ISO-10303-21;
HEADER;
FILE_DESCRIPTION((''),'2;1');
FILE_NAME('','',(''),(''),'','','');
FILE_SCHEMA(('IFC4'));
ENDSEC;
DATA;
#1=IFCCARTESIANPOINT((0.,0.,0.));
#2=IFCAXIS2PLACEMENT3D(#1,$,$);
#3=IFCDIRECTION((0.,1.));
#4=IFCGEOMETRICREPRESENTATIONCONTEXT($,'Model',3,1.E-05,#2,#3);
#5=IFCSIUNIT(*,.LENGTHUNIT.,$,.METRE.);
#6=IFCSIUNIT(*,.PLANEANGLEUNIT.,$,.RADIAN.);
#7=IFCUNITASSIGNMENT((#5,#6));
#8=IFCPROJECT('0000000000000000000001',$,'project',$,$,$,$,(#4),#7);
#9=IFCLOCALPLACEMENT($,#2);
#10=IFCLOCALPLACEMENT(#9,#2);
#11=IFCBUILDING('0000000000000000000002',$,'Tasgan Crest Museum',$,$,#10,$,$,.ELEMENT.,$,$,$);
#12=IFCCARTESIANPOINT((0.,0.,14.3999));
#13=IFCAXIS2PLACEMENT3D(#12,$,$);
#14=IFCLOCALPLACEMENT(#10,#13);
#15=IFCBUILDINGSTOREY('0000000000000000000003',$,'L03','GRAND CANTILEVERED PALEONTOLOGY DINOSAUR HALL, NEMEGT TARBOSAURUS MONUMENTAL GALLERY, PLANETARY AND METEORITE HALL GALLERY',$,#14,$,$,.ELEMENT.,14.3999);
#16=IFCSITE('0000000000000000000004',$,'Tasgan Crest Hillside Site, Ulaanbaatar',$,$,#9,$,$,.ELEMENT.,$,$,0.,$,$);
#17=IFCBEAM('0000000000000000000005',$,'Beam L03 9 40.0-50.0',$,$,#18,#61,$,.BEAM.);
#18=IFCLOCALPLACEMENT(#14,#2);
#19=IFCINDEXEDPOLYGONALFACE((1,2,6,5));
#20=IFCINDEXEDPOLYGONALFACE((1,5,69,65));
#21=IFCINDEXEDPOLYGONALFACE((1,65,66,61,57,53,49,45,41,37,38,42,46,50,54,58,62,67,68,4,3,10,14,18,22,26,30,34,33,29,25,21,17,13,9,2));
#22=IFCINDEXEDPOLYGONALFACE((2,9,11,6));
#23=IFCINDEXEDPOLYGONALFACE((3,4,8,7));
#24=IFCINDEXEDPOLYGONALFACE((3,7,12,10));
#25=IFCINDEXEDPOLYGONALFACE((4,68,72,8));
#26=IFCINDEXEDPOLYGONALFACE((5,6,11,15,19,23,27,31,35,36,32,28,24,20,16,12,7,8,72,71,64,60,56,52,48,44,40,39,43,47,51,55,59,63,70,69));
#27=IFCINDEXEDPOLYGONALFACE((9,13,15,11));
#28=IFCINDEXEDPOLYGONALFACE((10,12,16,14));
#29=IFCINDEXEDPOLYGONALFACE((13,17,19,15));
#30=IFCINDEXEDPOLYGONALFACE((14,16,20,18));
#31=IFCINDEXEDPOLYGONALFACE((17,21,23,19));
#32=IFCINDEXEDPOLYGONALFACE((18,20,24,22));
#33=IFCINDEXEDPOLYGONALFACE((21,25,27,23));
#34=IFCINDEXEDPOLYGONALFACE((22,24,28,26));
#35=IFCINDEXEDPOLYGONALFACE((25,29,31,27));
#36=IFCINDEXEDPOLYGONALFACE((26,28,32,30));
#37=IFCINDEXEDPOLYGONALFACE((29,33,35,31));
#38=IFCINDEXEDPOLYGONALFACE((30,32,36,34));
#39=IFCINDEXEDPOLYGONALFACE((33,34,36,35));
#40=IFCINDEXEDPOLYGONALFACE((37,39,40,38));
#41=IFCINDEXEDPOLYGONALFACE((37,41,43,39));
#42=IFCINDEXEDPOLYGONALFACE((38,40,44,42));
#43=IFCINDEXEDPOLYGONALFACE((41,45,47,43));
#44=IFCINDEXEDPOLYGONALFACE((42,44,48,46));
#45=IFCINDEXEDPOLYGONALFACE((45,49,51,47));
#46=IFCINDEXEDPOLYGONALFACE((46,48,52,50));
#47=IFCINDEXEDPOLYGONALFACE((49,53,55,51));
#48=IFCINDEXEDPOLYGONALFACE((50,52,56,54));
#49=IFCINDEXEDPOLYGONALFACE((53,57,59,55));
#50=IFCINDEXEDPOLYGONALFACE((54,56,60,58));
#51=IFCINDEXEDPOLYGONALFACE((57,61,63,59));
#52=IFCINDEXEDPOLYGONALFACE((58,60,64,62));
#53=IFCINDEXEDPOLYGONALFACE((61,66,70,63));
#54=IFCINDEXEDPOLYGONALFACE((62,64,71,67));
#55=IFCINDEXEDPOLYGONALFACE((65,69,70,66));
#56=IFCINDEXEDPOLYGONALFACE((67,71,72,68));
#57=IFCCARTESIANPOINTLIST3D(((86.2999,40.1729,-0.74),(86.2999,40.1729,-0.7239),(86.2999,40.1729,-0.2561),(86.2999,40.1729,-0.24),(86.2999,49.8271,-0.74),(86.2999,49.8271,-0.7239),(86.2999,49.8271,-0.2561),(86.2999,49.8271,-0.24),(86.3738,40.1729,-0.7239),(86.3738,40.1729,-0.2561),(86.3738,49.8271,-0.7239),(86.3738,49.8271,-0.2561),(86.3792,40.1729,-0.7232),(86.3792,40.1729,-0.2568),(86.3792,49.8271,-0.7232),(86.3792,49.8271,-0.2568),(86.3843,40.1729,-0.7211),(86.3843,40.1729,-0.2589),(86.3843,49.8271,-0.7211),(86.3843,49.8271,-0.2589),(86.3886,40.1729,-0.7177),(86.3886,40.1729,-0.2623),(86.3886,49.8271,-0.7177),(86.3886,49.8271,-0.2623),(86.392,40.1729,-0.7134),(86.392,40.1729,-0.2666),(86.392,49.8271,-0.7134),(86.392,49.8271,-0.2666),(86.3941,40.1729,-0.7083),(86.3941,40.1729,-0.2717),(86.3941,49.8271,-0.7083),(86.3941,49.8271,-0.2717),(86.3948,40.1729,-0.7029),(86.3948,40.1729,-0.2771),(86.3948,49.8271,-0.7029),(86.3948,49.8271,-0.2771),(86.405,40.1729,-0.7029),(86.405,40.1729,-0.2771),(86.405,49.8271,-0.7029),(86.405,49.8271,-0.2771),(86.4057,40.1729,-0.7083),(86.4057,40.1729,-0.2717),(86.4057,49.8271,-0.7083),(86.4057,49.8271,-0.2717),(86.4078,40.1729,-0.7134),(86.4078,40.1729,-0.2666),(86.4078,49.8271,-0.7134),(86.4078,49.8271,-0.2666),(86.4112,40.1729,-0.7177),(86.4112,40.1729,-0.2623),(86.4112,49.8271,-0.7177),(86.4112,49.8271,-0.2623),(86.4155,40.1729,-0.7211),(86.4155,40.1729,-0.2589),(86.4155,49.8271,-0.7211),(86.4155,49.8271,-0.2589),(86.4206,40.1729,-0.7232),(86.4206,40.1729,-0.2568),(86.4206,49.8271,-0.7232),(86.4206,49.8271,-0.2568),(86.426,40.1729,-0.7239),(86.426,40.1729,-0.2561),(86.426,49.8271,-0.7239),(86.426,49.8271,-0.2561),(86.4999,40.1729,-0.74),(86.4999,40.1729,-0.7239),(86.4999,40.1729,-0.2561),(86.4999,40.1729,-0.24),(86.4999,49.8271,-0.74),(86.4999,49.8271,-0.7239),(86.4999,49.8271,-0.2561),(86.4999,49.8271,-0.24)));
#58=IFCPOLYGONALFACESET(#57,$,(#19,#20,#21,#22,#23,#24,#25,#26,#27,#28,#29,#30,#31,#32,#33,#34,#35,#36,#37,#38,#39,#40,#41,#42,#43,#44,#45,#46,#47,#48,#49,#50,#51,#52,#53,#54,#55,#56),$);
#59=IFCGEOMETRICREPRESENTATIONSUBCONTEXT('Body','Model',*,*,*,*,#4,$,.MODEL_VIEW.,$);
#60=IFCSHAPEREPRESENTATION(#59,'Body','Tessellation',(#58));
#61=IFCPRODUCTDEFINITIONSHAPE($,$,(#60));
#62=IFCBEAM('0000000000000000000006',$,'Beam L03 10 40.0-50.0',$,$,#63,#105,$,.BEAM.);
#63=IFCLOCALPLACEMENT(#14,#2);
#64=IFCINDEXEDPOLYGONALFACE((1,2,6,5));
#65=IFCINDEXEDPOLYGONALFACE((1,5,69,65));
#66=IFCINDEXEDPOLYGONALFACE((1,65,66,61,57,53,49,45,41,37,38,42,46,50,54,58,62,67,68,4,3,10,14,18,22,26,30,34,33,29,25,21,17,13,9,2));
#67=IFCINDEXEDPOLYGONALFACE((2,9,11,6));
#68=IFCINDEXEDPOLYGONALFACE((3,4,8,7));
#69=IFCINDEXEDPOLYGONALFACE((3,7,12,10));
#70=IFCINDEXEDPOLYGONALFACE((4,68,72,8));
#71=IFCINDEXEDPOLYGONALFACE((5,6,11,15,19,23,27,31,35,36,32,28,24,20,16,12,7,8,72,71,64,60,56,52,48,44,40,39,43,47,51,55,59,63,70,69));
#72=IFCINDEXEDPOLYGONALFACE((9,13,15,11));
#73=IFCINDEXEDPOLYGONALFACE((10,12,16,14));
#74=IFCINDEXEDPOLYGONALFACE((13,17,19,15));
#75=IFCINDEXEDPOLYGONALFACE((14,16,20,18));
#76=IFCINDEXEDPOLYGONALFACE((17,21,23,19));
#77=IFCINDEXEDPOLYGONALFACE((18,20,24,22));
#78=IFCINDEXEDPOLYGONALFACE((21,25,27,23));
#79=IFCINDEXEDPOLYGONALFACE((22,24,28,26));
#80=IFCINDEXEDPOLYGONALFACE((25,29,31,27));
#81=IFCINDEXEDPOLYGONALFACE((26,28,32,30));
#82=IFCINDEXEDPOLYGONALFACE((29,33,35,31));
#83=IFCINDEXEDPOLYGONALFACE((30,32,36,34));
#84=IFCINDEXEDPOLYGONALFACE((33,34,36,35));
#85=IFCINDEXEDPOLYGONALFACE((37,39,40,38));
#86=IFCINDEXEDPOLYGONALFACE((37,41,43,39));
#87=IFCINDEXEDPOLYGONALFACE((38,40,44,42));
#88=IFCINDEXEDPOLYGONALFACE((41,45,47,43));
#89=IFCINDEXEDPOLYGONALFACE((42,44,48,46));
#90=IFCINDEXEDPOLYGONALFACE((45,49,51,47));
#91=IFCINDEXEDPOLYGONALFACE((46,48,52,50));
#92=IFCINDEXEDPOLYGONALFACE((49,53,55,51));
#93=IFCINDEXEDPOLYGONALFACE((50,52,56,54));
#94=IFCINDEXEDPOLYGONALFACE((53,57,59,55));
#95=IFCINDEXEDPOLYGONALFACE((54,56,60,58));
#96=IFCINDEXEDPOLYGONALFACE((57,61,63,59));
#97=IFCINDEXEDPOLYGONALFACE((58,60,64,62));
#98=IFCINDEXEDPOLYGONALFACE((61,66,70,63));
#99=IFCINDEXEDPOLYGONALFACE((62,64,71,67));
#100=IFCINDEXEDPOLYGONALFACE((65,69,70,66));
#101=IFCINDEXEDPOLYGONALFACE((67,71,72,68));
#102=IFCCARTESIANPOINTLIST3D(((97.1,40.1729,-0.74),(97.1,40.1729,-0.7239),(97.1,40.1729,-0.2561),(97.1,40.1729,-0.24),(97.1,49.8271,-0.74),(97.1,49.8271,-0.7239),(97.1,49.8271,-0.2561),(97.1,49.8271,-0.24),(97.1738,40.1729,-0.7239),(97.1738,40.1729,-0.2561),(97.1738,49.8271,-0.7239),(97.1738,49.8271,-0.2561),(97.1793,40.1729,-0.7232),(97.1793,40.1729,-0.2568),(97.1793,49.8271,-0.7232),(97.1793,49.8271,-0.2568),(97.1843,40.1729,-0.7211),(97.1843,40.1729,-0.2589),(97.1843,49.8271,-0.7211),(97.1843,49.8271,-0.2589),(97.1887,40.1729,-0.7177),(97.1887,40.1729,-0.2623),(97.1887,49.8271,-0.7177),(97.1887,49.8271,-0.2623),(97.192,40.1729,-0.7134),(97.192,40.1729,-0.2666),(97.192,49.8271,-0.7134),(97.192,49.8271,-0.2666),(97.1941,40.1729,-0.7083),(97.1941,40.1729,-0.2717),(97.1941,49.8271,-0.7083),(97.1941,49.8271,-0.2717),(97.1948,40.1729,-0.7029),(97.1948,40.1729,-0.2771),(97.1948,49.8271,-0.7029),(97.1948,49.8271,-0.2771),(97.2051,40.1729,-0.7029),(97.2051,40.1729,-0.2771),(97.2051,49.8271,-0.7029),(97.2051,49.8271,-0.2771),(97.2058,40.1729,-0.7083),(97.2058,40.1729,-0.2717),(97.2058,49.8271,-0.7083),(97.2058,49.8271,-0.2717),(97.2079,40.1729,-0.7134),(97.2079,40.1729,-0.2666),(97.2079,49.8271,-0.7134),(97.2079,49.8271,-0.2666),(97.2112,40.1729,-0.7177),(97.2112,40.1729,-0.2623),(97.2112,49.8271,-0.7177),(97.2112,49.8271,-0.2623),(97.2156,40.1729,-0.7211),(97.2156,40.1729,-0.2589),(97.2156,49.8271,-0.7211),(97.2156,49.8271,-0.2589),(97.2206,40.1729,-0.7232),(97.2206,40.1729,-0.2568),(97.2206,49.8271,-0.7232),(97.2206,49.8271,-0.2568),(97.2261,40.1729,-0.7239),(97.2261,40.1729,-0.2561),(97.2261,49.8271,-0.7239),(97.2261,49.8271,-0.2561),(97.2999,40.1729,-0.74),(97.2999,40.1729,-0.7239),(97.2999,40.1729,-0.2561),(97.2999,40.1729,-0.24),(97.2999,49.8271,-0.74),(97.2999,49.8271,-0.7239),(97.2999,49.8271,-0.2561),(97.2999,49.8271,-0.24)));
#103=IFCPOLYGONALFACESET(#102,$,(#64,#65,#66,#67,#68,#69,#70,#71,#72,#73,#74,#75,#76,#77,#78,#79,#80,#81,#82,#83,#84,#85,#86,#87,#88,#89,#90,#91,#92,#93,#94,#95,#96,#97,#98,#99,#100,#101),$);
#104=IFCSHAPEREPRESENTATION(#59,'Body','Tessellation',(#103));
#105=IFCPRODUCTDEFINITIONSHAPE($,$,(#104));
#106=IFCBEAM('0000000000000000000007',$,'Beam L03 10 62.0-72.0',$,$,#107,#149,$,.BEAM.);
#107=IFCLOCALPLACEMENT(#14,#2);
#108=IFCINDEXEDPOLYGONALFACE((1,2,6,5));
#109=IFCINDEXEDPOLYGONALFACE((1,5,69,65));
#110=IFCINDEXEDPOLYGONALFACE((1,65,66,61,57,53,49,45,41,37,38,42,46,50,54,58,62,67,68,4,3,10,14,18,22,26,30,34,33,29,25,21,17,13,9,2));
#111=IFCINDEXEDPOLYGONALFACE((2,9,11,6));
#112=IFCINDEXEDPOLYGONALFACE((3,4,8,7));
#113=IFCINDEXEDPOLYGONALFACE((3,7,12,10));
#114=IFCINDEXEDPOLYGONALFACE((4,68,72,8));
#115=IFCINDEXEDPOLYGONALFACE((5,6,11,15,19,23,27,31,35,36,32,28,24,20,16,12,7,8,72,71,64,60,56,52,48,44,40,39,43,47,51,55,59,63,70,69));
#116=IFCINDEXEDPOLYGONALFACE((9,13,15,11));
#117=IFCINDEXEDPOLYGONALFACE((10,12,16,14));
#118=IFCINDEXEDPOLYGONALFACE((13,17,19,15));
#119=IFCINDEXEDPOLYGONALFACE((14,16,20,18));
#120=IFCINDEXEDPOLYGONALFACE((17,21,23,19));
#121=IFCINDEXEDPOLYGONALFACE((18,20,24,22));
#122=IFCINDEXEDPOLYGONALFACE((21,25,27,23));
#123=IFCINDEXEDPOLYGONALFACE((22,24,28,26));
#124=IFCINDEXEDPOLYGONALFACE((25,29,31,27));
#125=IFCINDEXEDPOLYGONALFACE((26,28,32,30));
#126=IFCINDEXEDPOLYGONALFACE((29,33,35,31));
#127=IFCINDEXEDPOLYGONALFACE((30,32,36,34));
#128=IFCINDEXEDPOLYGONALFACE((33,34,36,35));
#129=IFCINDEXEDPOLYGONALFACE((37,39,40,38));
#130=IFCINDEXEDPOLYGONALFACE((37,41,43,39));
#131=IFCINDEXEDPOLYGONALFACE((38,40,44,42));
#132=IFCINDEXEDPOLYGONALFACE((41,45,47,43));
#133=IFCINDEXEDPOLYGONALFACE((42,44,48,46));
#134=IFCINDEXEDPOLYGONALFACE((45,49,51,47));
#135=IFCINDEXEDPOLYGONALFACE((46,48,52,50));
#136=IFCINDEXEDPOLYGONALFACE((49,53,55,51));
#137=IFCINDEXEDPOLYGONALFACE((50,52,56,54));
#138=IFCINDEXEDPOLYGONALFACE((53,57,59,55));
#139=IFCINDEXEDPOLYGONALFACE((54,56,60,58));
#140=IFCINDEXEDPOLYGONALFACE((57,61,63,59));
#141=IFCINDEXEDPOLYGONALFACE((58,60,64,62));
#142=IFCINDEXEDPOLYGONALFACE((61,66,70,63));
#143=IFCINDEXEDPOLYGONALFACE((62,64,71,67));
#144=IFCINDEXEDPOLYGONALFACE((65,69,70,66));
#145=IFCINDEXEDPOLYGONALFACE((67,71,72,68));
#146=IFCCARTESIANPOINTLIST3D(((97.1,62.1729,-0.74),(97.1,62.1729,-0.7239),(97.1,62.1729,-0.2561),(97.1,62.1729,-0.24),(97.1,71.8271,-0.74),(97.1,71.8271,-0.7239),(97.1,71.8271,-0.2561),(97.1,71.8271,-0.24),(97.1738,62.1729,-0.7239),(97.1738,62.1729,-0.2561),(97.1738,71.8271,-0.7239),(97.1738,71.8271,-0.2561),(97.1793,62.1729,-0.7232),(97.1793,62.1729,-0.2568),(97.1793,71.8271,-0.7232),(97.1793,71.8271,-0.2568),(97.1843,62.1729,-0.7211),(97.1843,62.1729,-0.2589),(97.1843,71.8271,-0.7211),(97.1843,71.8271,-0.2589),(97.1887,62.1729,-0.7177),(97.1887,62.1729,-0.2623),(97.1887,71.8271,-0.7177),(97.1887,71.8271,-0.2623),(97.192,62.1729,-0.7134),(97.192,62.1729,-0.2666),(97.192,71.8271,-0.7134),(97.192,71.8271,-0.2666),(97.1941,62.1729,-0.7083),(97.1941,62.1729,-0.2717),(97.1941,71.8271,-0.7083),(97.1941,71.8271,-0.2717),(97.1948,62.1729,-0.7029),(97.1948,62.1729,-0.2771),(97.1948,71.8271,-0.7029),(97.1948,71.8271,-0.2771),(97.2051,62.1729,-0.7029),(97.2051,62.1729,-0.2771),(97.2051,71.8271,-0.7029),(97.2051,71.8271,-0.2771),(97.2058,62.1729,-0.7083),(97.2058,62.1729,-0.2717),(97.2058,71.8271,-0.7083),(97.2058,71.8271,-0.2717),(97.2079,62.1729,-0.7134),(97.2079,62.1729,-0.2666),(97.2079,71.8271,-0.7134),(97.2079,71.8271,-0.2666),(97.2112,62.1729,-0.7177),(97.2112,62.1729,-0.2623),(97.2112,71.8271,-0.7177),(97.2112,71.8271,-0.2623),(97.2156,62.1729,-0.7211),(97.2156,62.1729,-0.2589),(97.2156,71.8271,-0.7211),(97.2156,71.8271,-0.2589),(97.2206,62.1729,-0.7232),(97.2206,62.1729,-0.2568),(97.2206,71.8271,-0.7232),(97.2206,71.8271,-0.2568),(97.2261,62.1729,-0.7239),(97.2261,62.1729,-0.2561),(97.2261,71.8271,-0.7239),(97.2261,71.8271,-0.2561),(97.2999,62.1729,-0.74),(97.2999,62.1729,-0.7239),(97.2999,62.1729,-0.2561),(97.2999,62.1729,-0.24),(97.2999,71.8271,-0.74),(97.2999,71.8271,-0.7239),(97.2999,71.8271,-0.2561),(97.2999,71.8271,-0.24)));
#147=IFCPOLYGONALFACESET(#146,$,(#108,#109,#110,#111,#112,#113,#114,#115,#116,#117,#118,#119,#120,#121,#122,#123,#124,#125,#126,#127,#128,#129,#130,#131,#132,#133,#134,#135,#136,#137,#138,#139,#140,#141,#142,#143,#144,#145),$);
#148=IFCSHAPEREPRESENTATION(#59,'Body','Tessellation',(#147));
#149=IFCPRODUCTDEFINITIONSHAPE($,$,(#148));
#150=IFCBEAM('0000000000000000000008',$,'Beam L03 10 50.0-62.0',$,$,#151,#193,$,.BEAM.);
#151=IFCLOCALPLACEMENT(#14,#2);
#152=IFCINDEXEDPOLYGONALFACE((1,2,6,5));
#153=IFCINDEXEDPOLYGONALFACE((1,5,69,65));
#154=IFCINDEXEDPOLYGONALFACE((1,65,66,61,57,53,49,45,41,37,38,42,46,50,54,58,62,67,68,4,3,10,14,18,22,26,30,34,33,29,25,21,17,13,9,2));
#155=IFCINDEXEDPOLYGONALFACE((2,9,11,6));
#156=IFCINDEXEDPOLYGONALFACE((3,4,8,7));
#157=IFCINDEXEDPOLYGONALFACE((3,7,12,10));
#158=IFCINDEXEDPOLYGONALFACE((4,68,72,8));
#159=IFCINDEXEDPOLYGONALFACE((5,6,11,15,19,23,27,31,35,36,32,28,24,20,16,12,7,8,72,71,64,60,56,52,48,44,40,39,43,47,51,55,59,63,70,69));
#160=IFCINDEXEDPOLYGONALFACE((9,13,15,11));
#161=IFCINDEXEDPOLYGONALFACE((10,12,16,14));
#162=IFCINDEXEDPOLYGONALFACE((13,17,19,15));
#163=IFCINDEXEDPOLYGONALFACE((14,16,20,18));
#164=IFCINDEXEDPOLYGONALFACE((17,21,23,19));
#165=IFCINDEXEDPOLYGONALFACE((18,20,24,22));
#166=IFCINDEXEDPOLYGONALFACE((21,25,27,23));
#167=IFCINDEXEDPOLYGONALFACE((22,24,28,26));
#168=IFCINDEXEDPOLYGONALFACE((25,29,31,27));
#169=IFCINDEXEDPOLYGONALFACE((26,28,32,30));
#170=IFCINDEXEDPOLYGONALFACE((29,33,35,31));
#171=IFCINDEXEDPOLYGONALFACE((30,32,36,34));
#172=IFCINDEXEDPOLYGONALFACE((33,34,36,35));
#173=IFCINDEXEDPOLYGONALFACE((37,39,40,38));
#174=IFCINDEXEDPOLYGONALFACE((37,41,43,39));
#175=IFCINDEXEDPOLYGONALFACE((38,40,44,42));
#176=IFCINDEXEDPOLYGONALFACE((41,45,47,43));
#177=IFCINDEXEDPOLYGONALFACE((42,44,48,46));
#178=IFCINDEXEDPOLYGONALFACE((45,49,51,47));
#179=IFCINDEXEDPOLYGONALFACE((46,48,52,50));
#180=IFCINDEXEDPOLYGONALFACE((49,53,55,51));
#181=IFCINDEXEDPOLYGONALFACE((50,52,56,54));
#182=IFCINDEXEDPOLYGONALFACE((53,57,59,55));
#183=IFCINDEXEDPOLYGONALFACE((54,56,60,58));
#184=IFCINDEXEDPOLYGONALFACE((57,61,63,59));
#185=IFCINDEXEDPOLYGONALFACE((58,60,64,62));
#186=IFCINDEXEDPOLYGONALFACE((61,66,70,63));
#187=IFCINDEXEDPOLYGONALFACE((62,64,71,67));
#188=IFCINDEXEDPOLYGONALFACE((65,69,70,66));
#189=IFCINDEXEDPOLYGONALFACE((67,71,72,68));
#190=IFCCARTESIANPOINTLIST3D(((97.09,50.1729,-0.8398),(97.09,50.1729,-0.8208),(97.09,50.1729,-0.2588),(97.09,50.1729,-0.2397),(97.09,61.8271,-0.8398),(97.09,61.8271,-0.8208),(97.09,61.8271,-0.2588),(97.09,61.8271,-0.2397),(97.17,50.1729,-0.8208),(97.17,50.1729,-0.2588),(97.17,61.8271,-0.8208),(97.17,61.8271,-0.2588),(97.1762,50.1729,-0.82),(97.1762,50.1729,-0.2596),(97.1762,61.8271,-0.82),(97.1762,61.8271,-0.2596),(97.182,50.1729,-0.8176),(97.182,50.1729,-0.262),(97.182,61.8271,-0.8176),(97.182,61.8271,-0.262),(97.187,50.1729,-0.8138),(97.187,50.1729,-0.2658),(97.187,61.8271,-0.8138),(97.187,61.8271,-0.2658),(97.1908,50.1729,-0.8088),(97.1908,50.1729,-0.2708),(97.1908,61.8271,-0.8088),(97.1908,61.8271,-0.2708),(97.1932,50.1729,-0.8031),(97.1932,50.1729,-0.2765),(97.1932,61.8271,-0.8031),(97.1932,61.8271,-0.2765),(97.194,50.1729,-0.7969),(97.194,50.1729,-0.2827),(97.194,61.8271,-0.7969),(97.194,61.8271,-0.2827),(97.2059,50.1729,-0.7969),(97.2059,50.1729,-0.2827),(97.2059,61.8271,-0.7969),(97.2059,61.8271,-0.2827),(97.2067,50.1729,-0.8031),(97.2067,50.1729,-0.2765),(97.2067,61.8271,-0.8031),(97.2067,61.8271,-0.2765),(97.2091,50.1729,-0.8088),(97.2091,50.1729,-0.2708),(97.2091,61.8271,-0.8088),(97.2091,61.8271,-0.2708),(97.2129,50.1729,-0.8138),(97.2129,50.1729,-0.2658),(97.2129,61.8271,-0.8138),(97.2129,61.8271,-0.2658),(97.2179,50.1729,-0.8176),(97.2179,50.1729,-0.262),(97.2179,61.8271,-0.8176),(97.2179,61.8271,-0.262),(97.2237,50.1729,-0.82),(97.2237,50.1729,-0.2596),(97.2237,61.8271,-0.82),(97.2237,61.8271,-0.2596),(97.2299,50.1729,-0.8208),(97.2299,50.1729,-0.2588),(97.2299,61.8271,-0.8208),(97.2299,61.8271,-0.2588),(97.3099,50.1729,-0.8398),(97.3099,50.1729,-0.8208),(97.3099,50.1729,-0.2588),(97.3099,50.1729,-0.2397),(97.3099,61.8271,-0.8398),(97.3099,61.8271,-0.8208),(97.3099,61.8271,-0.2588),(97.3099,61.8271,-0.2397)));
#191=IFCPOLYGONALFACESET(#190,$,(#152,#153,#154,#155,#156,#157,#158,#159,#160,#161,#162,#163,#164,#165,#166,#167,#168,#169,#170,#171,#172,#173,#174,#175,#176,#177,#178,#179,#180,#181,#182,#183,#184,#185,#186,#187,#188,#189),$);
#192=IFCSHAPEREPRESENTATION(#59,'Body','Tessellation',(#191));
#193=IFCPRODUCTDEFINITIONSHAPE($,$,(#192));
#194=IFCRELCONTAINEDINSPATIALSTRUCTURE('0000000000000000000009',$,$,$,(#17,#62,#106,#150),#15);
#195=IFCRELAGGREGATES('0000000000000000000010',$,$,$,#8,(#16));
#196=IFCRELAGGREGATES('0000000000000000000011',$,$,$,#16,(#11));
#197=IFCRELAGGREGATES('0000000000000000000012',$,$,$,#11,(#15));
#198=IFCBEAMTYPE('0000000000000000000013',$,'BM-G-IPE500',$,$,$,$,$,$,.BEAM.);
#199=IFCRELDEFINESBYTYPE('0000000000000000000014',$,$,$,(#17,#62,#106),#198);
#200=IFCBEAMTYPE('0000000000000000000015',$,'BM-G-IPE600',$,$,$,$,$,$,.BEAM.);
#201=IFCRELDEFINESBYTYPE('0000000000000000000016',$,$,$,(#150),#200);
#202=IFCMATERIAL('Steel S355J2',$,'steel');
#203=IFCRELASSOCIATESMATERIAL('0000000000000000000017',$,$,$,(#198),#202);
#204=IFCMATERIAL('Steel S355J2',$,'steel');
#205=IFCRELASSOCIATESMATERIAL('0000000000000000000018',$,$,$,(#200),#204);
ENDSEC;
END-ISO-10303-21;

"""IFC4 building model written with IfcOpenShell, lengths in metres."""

from ifc_helpers import new_model, si_unit, direction, frame, origin, origin_2d, place, context, subcontext, project, spatial, i_section, extrude, material, material_profile, profile_set, type_object, element, save


model = new_model("IFC4")

# Units and contexts
model_context = context("Model", 3, precision=1e-05, world=origin(), true_north=direction((0.0, 1.0)))
body_context = subcontext(model_context, "Body", "Model", "MODEL_VIEW")
ifc_project = project(units=[si_unit("LENGTHUNIT", "METRE"), si_unit("PLANEANGLEUNIT", "RADIAN")], contexts=[model_context])

# Site, building, storey
site_placement = place(None, origin())
site = spatial("IfcSite", under=ifc_project, at=site_placement, Name="Tasgan Crest Hillside Site, Ulaanbaatar", CompositionType="ELEMENT", RefElevation=0.0)
building_placement = place(site_placement, origin())
building = spatial("IfcBuilding", under=site, at=building_placement, Name="Tasgan Crest Museum", CompositionType="ELEMENT")
storey_placement = place(building_placement, frame((0.0, 0.0, 14.3999)))
storey = spatial("IfcBuildingStorey", under=building, at=storey_placement, Name="L03", Description="GRAND CANTILEVERED PALEONTOLOGY DINOSAUR HALL, NEMEGT TARBOSAURUS MONUMENTAL GALLERY, PLANETARY AND METEORITE HALL GALLERY", CompositionType="ELEMENT", Elevation=14.3999)

# Beams
ifc_material_1 = material(Name="Steel S355J2", Category="steel")
ifc_material_profile_1 = material_profile(ifc_material_1, i_section(OverallWidth=0.2, OverallDepth=0.5, WebThickness=0.0103, FlangeThickness=0.0161, FilletRadius=0.021, at=origin_2d()), Name="IPE 500")
ifc_profile_set_1 = profile_set([ifc_material_profile_1], Name="Steel S355J2")
beam_type_1 = type_object("IfcBeamType", Name="BM-G-IPE500", PredefinedType="BEAM", material=ifc_profile_set_1)
for number, where, z_axis, x_axis, name in (
    (1, (86.3999, 40.1729, -0.49), (0.0, 1.0, 0.0), (-1.0, 0.0, 0.0), "Beam L03 9 40.0-50.0"),
    (2, (97.2, 40.1729, -0.49), (0.0, 1.0, 0.0), (-1.0, 0.0, 0.0), "Beam L03 10 40.0-50.0"),
    (3, (97.2, 62.1729, -0.49), (0.0, 1.0, 0.0), (-1.0, 0.0, 0.0), "Beam L03 10 62.0-72.0"),
):
    element("IfcBeam", number, at=place(storey_placement, frame(where, z_axis=z_axis, x_axis=x_axis)), inside=storey, type_object=beam_type_1, Name=name, PredefinedType="BEAM", context=body_context, shape_type="SweptSolid", body=[
        extrude(i_section(OverallWidth=0.2, OverallDepth=0.5, WebThickness=0.0103, FlangeThickness=0.0161, FilletRadius=0.021, at=origin_2d()), origin(), (0.0, 0.0, 1.0), 9.6543),
    ])
ifc_material_2 = material(Name="Steel S355J2", Category="steel")
ifc_material_profile_2 = material_profile(ifc_material_2, i_section(OverallWidth=0.22, OverallDepth=0.6001, WebThickness=0.012, FlangeThickness=0.019, FilletRadius=0.0239, at=origin_2d()), Name="IPE 600")
ifc_profile_set_2 = profile_set([ifc_material_profile_2], Name="Steel S355J2")
beam_type_2 = type_object("IfcBeamType", Name="BM-G-IPE600", PredefinedType="BEAM", material=ifc_profile_set_2)
beam_1_placement = place(storey_placement, frame((97.2, 50.1729, -0.5398), z_axis=(0.0, 1.0, 0.0), x_axis=(-1.0, 0.0, 0.0)))
element("IfcBeam", 4, at=beam_1_placement, inside=storey, type_object=beam_type_2, Name="Beam L03 10 50.0-62.0", PredefinedType="BEAM", context=body_context, shape_type="SweptSolid", body=[
    extrude(i_section(OverallWidth=0.22, OverallDepth=0.6001, WebThickness=0.012, FlangeThickness=0.019, FilletRadius=0.0239, at=origin_2d()), origin(), (0.0, 0.0, 1.0), 11.6543),
])

save(model, "model.ifc")
